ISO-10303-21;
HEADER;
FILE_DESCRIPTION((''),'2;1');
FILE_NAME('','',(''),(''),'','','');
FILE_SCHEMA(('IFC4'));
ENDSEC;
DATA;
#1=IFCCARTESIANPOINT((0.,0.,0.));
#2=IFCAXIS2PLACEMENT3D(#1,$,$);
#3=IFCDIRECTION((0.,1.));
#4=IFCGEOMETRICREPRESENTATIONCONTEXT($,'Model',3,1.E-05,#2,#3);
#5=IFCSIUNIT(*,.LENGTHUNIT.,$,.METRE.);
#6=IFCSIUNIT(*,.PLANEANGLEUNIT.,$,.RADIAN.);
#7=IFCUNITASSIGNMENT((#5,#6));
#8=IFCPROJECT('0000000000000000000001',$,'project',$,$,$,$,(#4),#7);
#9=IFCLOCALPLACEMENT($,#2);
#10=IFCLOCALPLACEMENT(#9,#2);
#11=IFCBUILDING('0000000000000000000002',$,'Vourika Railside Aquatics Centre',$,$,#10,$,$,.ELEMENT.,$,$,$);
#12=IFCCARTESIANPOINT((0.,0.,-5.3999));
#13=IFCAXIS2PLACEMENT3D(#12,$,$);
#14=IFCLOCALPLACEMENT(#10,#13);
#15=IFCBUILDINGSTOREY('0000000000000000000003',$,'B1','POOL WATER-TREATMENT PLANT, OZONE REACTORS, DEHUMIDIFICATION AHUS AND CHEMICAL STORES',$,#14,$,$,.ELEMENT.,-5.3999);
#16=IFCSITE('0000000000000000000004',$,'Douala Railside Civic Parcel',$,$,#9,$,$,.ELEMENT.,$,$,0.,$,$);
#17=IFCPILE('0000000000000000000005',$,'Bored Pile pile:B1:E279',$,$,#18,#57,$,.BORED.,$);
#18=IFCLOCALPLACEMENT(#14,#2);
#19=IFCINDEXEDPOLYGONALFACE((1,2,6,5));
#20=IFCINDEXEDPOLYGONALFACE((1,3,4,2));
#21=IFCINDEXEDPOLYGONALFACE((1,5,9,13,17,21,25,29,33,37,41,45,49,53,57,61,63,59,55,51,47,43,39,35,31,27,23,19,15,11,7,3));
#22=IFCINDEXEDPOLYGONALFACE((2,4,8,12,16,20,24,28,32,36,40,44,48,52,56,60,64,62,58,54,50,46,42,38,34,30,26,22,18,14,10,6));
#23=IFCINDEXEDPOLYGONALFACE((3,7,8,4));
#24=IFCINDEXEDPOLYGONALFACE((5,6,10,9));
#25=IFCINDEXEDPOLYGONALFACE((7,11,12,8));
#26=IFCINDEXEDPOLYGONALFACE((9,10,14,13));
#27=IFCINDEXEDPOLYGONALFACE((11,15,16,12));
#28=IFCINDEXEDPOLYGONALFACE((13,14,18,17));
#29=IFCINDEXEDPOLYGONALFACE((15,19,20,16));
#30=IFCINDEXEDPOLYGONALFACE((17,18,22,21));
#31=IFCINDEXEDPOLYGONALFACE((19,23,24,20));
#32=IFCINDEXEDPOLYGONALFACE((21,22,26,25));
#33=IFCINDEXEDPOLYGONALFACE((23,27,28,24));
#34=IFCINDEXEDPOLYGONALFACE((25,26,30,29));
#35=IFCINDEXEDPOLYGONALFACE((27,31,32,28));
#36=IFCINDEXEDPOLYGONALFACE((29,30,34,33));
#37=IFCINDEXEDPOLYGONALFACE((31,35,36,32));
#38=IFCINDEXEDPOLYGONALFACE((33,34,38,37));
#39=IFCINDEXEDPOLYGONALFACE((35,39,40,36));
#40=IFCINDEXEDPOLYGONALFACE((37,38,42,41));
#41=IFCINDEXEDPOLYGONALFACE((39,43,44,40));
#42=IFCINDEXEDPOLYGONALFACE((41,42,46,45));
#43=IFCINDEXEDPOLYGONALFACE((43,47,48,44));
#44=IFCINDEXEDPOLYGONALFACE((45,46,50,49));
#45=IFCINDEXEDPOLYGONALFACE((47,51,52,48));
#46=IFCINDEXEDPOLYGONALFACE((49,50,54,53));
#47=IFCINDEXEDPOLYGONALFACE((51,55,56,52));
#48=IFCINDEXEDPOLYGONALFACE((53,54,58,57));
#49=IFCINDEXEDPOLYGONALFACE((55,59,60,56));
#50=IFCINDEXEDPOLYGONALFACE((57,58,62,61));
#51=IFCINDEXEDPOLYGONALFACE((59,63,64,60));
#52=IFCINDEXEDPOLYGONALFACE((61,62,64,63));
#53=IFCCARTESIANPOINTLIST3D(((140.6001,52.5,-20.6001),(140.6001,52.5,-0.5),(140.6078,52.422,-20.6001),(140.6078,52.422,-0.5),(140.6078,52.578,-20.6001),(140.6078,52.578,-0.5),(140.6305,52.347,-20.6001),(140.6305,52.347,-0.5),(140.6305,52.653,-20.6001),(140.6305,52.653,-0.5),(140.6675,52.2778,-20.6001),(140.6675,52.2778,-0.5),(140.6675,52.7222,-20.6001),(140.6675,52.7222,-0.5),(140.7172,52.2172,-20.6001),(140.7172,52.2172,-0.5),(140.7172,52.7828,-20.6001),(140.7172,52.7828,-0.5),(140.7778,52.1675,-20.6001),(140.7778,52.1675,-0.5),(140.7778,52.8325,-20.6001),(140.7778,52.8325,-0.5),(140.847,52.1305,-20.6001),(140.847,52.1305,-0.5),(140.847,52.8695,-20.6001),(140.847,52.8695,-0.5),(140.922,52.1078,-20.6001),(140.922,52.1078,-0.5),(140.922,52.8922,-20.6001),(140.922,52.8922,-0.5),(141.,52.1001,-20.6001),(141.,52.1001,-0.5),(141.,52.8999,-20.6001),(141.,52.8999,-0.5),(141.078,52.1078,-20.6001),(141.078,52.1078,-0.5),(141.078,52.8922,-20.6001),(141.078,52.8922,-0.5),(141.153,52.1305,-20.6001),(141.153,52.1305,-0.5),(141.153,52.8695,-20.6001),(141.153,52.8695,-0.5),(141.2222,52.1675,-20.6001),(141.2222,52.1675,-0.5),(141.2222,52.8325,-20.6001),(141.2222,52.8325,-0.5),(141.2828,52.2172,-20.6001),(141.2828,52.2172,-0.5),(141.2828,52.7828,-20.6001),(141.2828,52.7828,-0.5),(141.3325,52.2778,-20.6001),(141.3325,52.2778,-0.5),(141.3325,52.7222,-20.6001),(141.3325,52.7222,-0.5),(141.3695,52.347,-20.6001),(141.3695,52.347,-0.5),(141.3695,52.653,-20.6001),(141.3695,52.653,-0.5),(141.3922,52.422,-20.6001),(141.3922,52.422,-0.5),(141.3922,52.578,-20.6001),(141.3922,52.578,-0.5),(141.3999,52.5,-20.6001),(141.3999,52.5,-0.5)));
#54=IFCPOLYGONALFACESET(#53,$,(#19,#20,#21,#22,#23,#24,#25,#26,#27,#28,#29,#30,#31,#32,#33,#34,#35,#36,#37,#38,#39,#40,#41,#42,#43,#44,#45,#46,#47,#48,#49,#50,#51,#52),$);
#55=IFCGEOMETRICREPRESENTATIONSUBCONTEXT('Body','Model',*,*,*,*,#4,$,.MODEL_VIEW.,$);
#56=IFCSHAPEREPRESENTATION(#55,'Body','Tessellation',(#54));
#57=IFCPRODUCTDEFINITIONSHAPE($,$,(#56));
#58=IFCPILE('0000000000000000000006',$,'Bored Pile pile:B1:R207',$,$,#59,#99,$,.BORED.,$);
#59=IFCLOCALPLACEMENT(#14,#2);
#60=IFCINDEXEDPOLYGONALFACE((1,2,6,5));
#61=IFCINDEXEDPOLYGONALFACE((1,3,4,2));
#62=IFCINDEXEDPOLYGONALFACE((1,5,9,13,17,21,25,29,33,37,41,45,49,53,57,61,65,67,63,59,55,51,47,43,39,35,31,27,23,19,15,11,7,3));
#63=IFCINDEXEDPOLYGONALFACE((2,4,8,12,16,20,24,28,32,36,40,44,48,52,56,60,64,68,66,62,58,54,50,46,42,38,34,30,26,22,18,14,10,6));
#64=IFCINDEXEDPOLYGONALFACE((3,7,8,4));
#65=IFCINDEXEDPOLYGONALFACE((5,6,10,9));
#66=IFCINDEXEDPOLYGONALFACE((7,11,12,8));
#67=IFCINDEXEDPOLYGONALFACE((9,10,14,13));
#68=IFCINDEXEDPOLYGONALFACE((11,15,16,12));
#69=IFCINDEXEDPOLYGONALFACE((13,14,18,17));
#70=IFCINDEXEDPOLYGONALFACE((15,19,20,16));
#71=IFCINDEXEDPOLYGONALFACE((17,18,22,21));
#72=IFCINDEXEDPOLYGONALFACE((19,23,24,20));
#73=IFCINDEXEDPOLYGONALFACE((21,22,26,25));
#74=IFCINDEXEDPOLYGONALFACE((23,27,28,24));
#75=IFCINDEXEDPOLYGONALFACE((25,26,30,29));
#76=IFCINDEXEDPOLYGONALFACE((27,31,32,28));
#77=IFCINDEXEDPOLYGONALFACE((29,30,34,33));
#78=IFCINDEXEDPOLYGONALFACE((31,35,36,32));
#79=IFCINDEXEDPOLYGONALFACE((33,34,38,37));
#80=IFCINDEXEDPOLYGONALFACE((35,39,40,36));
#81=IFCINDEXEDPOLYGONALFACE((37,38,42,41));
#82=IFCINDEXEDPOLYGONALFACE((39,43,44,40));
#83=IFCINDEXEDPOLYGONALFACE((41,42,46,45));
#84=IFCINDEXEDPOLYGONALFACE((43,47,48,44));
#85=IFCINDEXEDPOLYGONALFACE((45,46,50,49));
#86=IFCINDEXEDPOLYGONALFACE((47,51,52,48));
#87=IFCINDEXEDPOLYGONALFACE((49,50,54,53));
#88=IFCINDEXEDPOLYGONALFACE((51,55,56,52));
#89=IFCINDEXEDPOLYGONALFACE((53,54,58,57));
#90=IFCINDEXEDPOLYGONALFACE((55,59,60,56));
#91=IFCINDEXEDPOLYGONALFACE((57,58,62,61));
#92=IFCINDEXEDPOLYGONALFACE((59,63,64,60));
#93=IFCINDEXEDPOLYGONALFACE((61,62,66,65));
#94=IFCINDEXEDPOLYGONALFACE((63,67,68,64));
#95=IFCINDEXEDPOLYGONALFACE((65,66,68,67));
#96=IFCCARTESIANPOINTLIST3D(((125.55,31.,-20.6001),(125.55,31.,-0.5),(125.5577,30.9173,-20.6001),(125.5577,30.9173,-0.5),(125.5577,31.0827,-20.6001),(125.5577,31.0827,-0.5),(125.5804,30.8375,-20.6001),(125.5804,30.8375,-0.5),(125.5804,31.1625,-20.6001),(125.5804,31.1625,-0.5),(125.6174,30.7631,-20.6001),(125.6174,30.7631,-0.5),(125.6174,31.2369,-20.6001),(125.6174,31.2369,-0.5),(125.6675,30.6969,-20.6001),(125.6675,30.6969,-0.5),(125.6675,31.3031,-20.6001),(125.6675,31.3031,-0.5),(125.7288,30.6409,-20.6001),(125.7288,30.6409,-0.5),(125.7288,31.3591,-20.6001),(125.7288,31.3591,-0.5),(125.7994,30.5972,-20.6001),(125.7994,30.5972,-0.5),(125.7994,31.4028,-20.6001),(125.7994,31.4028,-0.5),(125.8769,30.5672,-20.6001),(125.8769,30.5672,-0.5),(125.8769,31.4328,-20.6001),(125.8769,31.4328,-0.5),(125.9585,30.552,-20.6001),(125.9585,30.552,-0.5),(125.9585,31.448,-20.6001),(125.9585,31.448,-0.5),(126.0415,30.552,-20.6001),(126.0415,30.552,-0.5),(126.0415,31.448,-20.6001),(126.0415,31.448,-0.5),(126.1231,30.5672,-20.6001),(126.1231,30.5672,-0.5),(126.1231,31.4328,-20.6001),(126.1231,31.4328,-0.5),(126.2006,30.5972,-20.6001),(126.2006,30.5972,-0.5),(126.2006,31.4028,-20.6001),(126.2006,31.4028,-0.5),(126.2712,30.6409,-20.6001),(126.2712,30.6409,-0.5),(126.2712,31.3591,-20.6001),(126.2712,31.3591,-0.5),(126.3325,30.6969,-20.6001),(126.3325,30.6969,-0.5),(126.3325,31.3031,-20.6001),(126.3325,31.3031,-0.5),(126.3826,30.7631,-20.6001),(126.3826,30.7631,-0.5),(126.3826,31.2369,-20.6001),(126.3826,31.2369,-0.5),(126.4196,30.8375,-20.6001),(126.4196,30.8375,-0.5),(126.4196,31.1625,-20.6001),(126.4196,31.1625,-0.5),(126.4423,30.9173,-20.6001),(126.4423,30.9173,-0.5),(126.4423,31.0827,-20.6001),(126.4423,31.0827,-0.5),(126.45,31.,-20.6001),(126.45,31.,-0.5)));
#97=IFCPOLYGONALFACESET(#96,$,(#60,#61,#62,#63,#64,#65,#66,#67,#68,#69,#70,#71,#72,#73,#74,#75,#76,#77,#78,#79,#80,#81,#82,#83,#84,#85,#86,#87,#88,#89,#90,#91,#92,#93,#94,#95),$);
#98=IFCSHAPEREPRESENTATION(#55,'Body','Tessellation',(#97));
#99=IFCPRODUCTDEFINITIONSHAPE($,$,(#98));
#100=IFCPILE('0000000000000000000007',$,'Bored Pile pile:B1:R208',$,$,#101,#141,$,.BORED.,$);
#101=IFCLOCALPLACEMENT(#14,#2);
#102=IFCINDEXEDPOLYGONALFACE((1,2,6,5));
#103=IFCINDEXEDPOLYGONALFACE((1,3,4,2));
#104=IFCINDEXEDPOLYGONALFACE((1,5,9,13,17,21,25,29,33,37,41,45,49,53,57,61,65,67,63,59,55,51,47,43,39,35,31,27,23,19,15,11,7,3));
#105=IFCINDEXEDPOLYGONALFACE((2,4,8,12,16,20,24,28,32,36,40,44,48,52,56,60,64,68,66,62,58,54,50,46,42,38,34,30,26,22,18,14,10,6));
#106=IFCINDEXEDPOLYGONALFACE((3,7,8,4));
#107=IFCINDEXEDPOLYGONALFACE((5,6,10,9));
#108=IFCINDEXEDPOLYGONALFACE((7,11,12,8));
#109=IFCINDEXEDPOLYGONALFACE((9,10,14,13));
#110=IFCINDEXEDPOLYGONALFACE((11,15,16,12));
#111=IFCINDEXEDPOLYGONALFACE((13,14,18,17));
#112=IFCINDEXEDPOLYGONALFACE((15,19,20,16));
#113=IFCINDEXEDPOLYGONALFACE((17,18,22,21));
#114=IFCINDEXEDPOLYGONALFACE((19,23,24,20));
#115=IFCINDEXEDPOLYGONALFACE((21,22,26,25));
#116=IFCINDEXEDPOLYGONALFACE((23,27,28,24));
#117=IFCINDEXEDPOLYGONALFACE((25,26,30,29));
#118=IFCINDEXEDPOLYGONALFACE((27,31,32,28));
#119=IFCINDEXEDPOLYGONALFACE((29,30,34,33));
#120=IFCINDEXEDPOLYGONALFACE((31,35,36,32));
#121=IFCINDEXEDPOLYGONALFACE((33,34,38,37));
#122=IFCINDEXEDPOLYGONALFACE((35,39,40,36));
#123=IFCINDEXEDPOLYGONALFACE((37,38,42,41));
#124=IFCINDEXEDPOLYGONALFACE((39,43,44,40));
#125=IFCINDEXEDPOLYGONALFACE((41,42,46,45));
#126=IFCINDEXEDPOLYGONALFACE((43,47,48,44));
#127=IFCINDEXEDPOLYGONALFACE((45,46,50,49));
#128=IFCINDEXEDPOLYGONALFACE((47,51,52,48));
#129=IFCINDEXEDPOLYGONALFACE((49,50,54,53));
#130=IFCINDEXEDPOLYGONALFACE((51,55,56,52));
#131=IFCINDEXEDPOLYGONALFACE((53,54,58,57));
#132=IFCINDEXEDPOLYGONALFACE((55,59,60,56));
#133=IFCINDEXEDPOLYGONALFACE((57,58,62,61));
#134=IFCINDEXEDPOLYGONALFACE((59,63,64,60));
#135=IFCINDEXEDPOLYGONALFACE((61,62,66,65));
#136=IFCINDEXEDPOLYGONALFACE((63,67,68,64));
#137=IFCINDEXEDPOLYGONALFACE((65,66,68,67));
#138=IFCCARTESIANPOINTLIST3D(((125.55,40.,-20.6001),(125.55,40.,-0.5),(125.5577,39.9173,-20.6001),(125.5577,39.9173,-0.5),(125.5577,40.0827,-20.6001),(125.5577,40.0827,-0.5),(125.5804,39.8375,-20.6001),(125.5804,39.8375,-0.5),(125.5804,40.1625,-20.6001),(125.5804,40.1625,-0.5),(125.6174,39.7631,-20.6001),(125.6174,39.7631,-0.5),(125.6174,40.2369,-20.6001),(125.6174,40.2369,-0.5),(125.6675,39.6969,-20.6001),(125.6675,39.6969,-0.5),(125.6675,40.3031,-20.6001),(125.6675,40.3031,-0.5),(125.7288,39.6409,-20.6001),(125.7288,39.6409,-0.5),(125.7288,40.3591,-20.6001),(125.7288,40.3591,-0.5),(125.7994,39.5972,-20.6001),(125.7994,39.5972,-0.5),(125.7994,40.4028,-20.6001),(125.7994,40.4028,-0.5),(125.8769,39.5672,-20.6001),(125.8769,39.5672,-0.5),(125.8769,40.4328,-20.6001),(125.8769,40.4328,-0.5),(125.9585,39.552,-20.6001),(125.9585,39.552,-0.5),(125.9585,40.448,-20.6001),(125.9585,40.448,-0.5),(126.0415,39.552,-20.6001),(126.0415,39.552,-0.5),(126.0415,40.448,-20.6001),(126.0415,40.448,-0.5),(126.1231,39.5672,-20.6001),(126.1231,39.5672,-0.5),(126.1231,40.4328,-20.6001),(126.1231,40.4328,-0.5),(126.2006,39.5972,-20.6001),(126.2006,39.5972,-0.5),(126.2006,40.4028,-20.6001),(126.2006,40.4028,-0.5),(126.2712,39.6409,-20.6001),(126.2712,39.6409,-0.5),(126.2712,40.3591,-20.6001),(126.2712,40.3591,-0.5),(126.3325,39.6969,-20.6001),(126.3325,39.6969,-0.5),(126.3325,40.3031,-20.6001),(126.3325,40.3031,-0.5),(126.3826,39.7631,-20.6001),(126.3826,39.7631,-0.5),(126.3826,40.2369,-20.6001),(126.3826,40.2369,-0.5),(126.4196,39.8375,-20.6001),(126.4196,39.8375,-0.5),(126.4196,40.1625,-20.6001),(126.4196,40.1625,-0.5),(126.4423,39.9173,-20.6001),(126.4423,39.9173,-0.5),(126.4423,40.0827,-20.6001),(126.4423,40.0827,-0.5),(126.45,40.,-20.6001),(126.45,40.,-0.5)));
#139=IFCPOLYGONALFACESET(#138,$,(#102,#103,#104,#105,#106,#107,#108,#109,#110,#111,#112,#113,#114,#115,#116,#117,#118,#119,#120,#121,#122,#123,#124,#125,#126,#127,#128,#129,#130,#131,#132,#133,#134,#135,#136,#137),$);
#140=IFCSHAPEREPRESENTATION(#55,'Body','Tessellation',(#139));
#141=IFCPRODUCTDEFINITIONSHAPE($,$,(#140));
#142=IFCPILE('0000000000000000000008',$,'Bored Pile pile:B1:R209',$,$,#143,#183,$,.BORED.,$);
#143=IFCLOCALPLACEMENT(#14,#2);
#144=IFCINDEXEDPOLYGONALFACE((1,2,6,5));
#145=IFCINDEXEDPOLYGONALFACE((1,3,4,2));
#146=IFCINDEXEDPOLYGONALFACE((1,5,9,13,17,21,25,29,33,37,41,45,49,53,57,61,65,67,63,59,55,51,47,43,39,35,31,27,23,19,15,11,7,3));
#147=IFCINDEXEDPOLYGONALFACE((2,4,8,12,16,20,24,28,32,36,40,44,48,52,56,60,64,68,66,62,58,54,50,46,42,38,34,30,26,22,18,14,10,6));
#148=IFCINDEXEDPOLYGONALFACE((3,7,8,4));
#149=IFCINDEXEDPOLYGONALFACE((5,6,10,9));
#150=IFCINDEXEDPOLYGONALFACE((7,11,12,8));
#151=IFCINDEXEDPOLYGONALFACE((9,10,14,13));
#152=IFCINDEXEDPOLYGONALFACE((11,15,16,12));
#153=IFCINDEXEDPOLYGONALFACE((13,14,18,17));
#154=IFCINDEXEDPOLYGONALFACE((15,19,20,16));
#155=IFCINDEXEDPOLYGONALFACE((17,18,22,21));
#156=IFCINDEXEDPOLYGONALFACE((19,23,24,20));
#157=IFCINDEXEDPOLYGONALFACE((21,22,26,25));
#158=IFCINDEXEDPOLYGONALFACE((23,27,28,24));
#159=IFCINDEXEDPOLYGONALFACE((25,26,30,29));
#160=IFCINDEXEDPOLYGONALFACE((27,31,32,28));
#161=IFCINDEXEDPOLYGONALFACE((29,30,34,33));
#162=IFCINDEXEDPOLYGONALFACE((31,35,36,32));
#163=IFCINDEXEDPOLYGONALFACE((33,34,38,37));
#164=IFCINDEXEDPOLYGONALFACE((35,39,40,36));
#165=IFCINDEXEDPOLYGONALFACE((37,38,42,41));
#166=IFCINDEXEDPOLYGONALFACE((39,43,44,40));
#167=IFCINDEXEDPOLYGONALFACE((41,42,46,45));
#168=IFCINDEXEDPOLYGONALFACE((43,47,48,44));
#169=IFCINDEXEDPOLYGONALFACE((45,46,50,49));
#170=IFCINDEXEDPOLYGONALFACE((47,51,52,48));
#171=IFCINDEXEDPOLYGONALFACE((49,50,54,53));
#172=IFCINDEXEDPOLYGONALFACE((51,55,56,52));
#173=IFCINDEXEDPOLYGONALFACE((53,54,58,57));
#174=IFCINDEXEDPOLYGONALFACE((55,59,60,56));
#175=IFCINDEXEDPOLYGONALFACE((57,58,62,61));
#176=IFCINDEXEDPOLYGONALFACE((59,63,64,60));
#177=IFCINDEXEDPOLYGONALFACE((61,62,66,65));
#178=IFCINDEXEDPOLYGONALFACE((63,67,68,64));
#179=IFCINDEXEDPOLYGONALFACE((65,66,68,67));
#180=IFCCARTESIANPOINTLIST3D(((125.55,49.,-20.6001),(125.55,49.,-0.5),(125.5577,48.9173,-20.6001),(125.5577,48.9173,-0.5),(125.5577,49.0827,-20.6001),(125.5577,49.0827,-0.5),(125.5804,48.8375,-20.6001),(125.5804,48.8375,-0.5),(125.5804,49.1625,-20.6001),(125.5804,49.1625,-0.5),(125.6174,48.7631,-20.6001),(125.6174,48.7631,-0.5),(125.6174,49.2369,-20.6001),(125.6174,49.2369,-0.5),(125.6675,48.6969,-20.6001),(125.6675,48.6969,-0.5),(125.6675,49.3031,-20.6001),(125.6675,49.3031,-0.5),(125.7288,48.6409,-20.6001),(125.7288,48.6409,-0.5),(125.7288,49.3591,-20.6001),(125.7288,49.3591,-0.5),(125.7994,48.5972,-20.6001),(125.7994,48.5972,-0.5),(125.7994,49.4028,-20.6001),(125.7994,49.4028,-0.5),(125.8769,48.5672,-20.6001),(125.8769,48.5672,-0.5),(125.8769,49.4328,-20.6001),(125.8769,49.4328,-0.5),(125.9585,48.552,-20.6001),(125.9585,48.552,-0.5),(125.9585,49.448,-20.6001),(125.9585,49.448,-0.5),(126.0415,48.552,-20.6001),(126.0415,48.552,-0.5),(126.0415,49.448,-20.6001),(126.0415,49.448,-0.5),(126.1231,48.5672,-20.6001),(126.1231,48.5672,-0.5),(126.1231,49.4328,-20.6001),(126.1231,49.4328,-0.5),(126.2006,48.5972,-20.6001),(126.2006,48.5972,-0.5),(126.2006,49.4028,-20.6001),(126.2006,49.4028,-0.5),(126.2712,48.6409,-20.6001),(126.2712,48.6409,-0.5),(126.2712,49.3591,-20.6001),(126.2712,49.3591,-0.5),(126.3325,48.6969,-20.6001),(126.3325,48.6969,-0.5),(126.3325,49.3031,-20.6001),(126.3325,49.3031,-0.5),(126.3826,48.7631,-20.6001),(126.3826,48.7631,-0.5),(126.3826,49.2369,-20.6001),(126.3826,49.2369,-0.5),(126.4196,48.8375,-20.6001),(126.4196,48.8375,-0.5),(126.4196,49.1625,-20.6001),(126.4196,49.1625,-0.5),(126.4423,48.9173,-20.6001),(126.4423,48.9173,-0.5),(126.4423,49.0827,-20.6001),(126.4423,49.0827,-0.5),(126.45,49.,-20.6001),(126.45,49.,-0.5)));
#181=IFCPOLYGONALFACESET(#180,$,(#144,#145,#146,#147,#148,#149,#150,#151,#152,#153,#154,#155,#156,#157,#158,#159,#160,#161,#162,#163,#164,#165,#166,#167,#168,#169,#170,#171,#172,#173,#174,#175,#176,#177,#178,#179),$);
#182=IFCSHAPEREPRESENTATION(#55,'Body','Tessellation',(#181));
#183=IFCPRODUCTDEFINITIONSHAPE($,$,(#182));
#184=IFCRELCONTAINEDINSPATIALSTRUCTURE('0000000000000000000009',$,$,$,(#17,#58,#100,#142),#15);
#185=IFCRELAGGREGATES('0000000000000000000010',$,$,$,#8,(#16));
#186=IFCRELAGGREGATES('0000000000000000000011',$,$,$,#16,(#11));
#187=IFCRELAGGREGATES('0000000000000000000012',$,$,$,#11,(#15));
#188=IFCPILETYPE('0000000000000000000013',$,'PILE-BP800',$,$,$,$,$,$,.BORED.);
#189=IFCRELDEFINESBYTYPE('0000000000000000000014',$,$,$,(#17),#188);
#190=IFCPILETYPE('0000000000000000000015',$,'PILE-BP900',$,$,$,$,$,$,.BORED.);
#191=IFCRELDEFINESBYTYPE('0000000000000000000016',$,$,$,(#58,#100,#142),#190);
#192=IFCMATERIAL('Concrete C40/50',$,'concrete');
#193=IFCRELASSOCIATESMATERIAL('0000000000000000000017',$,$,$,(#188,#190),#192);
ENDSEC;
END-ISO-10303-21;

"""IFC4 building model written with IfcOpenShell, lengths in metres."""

from ifc_helpers import new_model, si_unit, direction, frame, origin, origin_2d, place, context, subcontext, project, spatial, circle, extrude, material, material_profile, profile_set, type_object, element, save


model = new_model("IFC4")

# Units and contexts
model_context = context("Model", 3, precision=1e-05, world=origin(), true_north=direction((0.0, 1.0)))
body_context = subcontext(model_context, "Body", "Model", "MODEL_VIEW")
ifc_project = project(units=[si_unit("LENGTHUNIT", "METRE"), si_unit("PLANEANGLEUNIT", "RADIAN")], contexts=[model_context])

# Site, building, storey
site_placement = place(None, origin())
site = spatial("IfcSite", under=ifc_project, at=site_placement, Name="Douala Railside Civic Parcel", CompositionType="ELEMENT", RefElevation=0.0)
building_placement = place(site_placement, origin())
building = spatial("IfcBuilding", under=site, at=building_placement, Name="Vourika Railside Aquatics Centre", CompositionType="ELEMENT")
storey_placement = place(building_placement, frame((0.0, 0.0, -5.3999)))
storey = spatial("IfcBuildingStorey", under=building, at=storey_placement, Name="B1", Description="POOL WATER-TREATMENT PLANT, OZONE REACTORS, DEHUMIDIFICATION AHUS AND CHEMICAL STORES", CompositionType="ELEMENT", Elevation=-5.3999)

# Shared definitions
ifc_material_1 = material(Name="Concrete C40/50", Category="concrete")

# Piles
ifc_material_profile_1 = material_profile(ifc_material_1, circle(Radius=0.3999, at=origin_2d()), Name="BP 800")
ifc_profile_set_1 = profile_set([ifc_material_profile_1], Name="Concrete C40/50")
pile_type_1 = type_object("IfcPileType", Name="PILE-BP800", PredefinedType="BORED", material=ifc_profile_set_1)
pile_placement = place(storey_placement, frame((141.0, 52.5, -0.5), z_axis=(0.0, 0.0, -1.0), x_axis=(1.0, 0.0, 0.0)))
element("IfcPile", 1, at=pile_placement, inside=storey, type_object=pile_type_1, Name="Bored Pile pile:B1:E279", PredefinedType="BORED", context=body_context, shape_type="SweptSolid", body=[
    extrude(circle(Radius=0.3999, at=origin_2d()), origin(), (0.0, 0.0, 1.0), 20.1001),
])
ifc_material_profile_2 = material_profile(ifc_material_1, circle(Radius=0.45, at=origin_2d()), Name="BP 900")
ifc_profile_set_2 = profile_set([ifc_material_profile_2], Name="Concrete C40/50")
pile_type_2 = type_object("IfcPileType", Name="PILE-BP900", PredefinedType="BORED", material=ifc_profile_set_2)
for number, where, z_axis, x_axis, name in (
    (2, (126.0, 31.0, -0.5), (0.0, 0.0, -1.0), (1.0, 0.0, 0.0), "Bored Pile pile:B1:R207"),
    (3, (126.0, 40.0, -0.5), (0.0, 0.0, -1.0), (1.0, 0.0, 0.0), "Bored Pile pile:B1:R208"),
    (4, (126.0, 49.0, -0.5), (0.0, 0.0, -1.0), (1.0, 0.0, 0.0), "Bored Pile pile:B1:R209"),
):
    element("IfcPile", number, at=place(storey_placement, frame(where, z_axis=z_axis, x_axis=x_axis)), inside=storey, type_object=pile_type_2, Name=name, PredefinedType="BORED", context=body_context, shape_type="SweptSolid", body=[
        extrude(circle(Radius=0.45, at=origin_2d()), origin(), (0.0, 0.0, 1.0), 20.1001),
    ])

save(model, "model.ifc")
